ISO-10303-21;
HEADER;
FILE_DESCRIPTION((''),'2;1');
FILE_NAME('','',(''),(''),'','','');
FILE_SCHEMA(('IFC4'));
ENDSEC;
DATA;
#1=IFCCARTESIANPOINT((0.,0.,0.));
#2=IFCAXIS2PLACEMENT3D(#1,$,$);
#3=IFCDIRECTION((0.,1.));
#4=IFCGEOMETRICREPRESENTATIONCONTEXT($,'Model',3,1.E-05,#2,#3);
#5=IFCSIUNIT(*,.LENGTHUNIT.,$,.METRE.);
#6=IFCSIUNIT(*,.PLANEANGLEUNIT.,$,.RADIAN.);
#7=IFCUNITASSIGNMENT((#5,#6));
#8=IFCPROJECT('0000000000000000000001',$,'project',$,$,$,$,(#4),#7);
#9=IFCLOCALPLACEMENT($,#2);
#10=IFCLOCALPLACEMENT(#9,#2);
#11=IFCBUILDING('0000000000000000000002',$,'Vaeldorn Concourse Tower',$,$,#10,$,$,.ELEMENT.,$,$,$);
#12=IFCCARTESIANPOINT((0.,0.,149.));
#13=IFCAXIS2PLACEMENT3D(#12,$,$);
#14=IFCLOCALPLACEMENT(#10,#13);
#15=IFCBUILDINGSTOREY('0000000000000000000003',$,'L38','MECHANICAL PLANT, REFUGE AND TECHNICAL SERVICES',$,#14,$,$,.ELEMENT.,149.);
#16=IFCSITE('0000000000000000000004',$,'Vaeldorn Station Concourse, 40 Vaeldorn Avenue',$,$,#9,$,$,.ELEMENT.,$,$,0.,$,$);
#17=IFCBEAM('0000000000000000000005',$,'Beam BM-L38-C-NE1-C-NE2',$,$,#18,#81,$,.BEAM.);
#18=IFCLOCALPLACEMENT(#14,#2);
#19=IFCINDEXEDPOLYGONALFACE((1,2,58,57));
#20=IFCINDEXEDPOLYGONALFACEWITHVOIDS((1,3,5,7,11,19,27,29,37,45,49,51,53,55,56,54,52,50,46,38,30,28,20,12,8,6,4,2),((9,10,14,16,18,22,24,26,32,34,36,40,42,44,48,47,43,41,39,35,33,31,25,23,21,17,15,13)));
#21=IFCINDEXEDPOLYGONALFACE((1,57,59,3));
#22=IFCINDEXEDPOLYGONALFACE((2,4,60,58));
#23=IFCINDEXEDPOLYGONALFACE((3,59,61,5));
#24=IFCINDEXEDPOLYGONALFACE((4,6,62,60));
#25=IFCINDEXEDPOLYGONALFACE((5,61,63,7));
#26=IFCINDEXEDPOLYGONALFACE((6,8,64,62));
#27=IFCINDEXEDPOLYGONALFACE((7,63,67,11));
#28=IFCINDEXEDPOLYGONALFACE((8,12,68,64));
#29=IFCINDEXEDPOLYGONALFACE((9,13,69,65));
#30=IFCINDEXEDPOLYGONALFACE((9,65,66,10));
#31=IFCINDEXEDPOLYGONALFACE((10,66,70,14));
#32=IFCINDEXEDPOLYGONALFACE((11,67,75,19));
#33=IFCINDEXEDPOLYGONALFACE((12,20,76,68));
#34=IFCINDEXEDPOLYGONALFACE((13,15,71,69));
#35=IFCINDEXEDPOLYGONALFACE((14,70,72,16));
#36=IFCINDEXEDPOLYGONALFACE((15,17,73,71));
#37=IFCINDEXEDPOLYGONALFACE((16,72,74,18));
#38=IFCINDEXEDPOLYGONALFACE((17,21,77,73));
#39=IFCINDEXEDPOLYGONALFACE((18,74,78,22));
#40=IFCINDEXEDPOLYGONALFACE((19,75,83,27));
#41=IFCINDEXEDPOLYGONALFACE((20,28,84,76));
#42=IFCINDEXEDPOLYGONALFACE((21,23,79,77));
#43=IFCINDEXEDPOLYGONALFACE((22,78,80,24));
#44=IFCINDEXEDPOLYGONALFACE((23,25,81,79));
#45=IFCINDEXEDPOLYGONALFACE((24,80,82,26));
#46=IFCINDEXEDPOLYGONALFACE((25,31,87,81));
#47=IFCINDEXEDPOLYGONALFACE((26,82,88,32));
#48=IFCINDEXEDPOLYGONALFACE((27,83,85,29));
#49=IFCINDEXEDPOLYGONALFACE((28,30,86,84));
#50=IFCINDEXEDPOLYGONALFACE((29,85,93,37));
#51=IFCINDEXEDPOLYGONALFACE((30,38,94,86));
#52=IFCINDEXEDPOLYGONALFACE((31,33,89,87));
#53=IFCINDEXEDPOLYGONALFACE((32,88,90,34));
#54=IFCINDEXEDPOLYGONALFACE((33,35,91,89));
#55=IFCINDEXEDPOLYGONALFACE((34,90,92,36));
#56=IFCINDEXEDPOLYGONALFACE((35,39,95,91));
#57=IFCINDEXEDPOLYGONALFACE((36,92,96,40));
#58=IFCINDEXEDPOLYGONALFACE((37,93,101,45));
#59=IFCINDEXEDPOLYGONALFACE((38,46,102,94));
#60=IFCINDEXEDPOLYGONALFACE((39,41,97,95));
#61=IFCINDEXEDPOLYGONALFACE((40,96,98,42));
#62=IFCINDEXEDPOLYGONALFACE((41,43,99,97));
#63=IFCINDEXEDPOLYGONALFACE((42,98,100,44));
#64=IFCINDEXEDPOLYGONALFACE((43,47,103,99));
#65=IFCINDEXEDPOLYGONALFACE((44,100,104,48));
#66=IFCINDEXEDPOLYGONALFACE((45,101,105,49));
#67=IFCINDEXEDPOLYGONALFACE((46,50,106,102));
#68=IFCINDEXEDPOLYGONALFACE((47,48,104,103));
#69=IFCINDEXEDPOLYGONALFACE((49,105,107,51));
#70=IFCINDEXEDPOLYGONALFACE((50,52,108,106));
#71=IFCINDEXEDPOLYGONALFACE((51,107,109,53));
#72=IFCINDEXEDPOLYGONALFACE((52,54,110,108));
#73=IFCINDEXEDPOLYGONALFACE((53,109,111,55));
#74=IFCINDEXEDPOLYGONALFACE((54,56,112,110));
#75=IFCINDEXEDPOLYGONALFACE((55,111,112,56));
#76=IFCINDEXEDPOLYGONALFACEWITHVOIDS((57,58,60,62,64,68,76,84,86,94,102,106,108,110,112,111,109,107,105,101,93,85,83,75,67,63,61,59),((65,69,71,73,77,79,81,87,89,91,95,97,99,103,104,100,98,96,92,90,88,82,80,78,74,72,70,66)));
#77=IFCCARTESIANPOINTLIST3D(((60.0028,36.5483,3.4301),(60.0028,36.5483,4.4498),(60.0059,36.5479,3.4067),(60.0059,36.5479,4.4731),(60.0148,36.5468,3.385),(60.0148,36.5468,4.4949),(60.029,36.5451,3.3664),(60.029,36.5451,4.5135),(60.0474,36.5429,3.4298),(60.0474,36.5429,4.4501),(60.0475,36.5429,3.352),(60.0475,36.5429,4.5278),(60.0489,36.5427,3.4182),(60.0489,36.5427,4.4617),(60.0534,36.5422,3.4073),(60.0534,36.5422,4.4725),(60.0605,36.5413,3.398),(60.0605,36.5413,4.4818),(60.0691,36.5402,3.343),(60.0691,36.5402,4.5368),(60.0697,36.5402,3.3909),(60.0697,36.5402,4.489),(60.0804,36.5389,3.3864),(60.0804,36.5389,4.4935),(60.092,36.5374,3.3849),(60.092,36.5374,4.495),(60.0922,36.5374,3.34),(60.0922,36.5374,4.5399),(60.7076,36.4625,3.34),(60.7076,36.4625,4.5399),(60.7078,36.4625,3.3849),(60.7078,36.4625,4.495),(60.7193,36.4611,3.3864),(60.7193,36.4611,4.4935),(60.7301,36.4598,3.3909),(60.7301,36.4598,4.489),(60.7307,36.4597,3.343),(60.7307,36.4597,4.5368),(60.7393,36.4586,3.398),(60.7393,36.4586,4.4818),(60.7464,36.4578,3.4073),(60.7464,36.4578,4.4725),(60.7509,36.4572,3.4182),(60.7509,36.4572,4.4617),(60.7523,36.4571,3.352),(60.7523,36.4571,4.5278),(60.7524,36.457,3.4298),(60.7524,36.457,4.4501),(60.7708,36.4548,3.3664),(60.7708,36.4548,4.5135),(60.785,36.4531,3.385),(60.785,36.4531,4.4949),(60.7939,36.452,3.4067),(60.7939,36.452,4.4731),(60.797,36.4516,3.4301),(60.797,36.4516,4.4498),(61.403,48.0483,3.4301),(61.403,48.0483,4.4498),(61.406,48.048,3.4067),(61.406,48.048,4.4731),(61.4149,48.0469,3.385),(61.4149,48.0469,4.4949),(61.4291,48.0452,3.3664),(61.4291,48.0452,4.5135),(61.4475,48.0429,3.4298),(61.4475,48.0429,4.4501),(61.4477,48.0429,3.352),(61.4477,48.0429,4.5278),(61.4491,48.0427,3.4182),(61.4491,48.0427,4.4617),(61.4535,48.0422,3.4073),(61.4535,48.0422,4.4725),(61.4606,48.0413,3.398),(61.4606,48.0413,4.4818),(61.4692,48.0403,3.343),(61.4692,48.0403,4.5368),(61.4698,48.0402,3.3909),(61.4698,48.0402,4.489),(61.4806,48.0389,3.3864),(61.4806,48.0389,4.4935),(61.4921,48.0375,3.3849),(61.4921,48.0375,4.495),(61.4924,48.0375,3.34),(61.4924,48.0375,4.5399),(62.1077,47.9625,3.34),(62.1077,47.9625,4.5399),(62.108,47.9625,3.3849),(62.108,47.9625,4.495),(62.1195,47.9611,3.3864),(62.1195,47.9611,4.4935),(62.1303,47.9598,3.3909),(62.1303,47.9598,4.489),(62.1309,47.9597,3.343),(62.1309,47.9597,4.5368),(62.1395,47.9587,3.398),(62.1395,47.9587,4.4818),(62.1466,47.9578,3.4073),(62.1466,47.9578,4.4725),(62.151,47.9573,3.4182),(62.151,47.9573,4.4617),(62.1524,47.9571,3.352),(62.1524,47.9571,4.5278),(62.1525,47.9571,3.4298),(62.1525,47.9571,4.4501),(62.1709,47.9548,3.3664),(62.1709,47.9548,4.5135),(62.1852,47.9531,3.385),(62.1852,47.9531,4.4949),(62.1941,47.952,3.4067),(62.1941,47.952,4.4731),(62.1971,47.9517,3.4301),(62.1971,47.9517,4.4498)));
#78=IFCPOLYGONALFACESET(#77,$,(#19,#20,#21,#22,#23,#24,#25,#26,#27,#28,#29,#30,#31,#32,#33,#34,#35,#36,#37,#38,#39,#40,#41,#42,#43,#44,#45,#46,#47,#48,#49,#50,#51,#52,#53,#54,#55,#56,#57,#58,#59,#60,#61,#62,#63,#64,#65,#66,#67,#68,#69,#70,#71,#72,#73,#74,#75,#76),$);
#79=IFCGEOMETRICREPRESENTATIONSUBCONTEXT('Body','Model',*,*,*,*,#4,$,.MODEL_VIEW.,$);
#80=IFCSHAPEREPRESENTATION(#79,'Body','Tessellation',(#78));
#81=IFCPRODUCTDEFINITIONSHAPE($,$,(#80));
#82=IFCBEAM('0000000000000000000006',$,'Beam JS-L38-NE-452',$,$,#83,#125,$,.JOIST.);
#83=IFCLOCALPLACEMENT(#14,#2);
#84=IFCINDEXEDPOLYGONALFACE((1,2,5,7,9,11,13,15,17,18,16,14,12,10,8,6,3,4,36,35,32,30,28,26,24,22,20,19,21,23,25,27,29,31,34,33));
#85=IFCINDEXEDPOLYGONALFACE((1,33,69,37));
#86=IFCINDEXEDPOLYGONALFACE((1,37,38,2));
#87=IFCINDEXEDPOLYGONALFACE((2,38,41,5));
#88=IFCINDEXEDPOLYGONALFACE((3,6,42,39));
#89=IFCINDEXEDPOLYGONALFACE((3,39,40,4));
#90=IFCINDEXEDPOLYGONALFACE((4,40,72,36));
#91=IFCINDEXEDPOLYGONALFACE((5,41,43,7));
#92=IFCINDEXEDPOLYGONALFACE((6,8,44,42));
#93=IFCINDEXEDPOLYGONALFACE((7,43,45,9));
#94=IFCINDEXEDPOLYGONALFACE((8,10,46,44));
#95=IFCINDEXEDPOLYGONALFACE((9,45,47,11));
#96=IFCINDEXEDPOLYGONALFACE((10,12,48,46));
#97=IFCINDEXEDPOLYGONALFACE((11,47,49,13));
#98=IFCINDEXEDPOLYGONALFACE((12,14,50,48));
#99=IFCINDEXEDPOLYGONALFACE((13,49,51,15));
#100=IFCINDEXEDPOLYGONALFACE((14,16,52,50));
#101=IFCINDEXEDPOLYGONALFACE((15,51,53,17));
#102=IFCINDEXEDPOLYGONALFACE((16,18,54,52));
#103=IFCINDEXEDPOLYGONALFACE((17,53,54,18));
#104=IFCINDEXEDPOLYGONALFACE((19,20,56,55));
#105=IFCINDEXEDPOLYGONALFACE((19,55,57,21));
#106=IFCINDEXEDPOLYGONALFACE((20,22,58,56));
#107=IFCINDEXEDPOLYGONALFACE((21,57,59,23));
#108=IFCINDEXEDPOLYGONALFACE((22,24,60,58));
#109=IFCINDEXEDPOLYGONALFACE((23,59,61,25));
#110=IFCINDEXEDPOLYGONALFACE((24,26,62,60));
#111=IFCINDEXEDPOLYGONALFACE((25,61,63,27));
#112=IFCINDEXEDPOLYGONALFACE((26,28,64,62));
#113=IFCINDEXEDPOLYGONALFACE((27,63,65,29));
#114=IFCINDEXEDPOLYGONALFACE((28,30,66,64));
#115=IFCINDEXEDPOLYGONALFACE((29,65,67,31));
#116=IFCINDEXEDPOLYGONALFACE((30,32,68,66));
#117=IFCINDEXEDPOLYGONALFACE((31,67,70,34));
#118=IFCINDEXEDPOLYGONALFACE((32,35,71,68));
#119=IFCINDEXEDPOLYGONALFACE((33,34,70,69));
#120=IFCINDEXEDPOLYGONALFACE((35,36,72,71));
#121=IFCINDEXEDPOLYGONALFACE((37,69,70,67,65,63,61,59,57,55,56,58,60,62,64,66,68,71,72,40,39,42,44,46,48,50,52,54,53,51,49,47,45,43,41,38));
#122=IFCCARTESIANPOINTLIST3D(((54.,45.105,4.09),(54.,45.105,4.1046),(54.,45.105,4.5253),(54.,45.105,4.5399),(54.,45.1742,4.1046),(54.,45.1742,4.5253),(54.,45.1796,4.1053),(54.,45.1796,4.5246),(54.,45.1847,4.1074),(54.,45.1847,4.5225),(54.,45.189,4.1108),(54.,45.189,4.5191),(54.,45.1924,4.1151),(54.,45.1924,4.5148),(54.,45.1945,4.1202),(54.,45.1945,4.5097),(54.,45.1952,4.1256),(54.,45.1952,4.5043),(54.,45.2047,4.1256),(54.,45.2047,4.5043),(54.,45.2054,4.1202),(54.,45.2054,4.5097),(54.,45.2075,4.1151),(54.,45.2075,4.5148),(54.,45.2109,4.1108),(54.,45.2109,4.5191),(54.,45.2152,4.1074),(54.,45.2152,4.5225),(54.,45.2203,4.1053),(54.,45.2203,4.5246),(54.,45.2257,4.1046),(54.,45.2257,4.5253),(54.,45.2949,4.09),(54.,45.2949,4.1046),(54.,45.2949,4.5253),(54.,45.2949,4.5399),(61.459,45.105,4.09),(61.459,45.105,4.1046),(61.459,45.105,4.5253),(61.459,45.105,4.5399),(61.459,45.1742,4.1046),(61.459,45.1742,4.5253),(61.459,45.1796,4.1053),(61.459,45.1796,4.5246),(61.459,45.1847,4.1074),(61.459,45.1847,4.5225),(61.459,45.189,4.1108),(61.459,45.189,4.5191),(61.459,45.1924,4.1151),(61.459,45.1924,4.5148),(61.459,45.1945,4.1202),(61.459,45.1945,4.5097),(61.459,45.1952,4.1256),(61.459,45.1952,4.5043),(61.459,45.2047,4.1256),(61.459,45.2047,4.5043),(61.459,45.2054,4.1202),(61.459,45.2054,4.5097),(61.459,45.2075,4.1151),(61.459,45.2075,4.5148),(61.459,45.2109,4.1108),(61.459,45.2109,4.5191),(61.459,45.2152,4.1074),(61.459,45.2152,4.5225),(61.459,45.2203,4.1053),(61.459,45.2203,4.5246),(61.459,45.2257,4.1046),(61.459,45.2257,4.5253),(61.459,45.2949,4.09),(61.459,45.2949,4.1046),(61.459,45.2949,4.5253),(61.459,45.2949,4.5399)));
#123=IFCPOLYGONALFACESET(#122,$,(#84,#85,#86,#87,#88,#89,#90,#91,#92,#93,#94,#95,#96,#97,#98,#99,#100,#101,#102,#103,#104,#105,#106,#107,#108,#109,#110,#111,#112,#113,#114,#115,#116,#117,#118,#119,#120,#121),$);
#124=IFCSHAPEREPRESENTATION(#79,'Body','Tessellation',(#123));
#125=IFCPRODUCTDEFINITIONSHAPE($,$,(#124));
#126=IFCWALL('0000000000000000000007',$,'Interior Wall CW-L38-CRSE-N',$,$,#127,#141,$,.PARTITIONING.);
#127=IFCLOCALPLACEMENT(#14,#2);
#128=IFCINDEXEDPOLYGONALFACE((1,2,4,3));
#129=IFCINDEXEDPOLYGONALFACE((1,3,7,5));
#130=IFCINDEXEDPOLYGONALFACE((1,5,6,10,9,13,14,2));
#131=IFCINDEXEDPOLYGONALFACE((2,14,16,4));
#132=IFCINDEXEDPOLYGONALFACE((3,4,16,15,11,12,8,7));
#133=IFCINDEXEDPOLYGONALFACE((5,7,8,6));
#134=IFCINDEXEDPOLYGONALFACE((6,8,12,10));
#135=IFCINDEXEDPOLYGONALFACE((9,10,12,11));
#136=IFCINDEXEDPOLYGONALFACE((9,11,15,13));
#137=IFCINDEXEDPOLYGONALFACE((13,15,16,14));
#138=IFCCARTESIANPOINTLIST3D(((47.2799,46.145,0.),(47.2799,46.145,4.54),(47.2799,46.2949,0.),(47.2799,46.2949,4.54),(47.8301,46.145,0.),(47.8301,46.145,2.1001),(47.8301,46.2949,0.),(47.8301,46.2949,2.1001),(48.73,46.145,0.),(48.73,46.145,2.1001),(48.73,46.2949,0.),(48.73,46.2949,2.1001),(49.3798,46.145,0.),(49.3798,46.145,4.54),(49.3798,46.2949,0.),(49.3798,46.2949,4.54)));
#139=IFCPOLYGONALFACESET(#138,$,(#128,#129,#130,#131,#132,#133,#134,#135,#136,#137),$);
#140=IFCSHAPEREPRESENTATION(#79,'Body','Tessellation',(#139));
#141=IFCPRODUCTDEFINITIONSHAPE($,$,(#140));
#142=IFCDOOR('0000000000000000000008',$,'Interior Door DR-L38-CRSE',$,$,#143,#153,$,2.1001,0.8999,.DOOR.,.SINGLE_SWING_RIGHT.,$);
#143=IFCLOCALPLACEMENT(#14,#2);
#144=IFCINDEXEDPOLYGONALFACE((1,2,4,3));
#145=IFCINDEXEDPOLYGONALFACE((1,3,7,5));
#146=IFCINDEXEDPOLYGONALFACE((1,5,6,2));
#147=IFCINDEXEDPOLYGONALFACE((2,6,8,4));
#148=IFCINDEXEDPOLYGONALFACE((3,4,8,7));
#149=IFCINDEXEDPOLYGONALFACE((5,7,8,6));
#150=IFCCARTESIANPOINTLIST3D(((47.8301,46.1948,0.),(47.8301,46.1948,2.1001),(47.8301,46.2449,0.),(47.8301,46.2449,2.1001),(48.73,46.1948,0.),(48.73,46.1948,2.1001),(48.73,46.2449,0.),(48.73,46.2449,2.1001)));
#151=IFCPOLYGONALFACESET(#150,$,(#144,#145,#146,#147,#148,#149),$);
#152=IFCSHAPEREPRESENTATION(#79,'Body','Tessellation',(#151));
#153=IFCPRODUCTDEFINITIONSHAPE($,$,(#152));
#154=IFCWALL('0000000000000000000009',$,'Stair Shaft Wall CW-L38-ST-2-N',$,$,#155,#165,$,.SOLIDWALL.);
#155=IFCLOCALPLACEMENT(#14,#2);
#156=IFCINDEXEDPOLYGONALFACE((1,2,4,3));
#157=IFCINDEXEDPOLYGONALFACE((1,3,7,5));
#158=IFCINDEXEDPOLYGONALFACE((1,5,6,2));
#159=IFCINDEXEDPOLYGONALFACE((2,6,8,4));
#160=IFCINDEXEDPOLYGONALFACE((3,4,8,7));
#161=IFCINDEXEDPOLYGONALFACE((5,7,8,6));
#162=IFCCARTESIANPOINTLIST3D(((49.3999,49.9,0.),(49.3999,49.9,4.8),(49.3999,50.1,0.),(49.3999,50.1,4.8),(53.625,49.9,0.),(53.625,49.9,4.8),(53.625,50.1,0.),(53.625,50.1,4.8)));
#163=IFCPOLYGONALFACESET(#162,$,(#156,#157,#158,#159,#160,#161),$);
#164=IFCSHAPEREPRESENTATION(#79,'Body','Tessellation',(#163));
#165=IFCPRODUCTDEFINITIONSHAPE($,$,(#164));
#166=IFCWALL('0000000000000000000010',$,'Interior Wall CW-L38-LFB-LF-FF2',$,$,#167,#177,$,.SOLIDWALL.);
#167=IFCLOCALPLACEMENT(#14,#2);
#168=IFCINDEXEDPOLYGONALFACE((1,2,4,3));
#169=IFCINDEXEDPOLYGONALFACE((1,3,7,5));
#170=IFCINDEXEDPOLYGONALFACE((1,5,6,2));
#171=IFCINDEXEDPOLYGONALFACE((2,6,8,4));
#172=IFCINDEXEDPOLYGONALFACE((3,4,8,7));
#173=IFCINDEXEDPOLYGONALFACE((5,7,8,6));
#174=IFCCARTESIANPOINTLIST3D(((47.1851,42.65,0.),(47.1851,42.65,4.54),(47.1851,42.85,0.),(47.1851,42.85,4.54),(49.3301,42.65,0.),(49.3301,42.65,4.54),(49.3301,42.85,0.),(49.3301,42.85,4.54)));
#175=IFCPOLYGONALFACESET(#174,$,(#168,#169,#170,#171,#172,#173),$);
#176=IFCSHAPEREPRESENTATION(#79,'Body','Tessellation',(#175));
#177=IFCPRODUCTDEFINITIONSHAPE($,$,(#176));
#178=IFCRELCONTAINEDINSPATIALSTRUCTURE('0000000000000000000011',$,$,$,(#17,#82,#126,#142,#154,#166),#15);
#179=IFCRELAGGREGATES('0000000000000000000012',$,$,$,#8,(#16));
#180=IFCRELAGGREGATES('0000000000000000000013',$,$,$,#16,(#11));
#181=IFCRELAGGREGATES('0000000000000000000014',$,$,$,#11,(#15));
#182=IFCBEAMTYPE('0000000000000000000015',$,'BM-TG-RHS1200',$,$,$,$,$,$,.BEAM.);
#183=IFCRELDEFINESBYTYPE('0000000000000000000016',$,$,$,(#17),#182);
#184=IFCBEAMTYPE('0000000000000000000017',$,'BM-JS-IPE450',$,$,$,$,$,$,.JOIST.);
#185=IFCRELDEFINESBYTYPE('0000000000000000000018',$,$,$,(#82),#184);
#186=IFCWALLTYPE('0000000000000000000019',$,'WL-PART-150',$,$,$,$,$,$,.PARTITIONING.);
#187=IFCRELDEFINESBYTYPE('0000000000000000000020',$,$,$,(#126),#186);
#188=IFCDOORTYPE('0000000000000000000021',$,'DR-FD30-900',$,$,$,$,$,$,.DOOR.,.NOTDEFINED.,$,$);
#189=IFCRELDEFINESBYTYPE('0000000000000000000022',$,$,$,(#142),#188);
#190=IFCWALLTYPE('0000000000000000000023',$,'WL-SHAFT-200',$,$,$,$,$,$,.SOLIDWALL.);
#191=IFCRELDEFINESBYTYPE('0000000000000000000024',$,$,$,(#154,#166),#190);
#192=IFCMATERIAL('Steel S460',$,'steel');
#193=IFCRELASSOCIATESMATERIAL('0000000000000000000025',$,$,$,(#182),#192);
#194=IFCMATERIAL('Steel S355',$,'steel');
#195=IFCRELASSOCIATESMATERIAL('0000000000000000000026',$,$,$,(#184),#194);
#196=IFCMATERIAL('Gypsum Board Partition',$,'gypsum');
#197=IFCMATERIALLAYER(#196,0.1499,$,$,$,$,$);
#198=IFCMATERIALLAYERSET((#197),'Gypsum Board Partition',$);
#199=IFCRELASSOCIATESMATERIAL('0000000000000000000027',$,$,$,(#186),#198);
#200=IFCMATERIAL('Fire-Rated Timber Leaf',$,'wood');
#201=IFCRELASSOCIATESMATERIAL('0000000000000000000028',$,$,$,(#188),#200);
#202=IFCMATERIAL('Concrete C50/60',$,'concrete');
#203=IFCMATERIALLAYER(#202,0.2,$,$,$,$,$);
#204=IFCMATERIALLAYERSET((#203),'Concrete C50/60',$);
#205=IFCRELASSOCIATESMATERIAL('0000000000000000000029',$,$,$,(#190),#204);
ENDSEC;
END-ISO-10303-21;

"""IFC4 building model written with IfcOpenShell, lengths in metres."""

from ifc_helpers import new_model, si_unit, direction, frame, frame_2d, origin, origin_2d, place, context, subcontext, project, spatial, rectangle, hollow_rectangle, i_section, extrude, source, transform, mapped, material, layer, layer_set, material_profile, profile_set, type_object, element, fill, save


model = new_model("IFC4")

# Units and contexts
model_context = context("Model", 3, precision=1e-05, world=origin(), true_north=direction((0.0, 1.0)))
body_context = subcontext(model_context, "Body", "Model", "MODEL_VIEW")
ifc_project = project(units=[si_unit("LENGTHUNIT", "METRE"), si_unit("PLANEANGLEUNIT", "RADIAN")], contexts=[model_context])

# Site, building, storey
site_placement = place(None, origin())
site = spatial("IfcSite", under=ifc_project, at=site_placement, Name="Vaeldorn Station Concourse, 40 Vaeldorn Avenue", CompositionType="ELEMENT", RefElevation=0.0)
building_placement = place(site_placement, origin())
building = spatial("IfcBuilding", under=site, at=building_placement, Name="Vaeldorn Concourse Tower", CompositionType="ELEMENT")
storey_placement = place(building_placement, frame((0.0, 0.0, 149.0)))
storey = spatial("IfcBuildingStorey", under=building, at=storey_placement, Name="L38", Description="MECHANICAL PLANT, REFUGE AND TECHNICAL SERVICES", CompositionType="ELEMENT", Elevation=149.0)

# Shared definitions
ifc_material_1 = material(Name="Steel S460", Category="steel")

# Beams
ifc_material_2 = material(Name="Steel S355", Category="steel")
ifc_material_profile_1 = material_profile(ifc_material_1, hollow_rectangle(XDim=0.8, YDim=1.2, WallThickness=0.0449, InnerFilletRadius=0.0449, OuterFilletRadius=0.0901, at=origin_2d()), Name="RHS 1200x800x45")
ifc_profile_set_1 = profile_set([ifc_material_profile_1], Name="Steel S460")
beam_type_1 = type_object("IfcBeamType", Name="BM-TG-RHS1200", PredefinedType="BEAM", material=ifc_profile_set_1)
shared_shape_1 = source(origin(), body_context, "Body", "SweptSolid", [
    extrude(hollow_rectangle(XDim=0.8, YDim=1.2, WallThickness=0.0449, InnerFilletRadius=0.0449, OuterFilletRadius=0.0901, at=origin_2d()), origin(), (0.0, 0.0, 1.0), 11.585),
])
beam_1_placement = place(storey_placement, frame((61.8, 48.0, 3.9399), z_axis=(-0.120859, -0.99267, 0.0), x_axis=(0.99267, -0.120859, 0.0)))
element("IfcBeam", 1, at=beam_1_placement, inside=storey, type_object=beam_type_1, Name="Beam BM-L38-C-NE1-C-NE2", PredefinedType="BEAM", context=body_context, shape_type="MappedRepresentation", body=[
    mapped(shared_shape_1, transform((0.0, 0.0, 0.0), scale=1.0)),
])
ifc_material_profile_2 = material_profile(ifc_material_2, i_section(OverallWidth=0.1899, OverallDepth=0.45, WebThickness=0.0095, FlangeThickness=0.0146, FilletRadius=0.021, at=origin_2d()), Name="IPE 450")
ifc_profile_set_2 = profile_set([ifc_material_profile_2], Name="Steel S355")
beam_type_2 = type_object("IfcBeamType", Name="BM-JS-IPE450", PredefinedType="JOIST", material=ifc_profile_set_2)
shared_shape_2 = source(origin(), body_context, "Body", "SweptSolid", [
    extrude(i_section(OverallWidth=0.1899, OverallDepth=0.45, WebThickness=0.0095, FlangeThickness=0.0146, FilletRadius=0.021, at=origin_2d()), origin(), (0.0, 0.0, 1.0), 7.459),
])
beam_2_placement = place(storey_placement, frame((54.0, 45.2, 4.3149), z_axis=(1.0, 0.0, 0.0), x_axis=(0.0, 1.0, 0.0)))
element("IfcBeam", 2, at=beam_2_placement, inside=storey, type_object=beam_type_2, Name="Beam JS-L38-NE-452", PredefinedType="JOIST", context=body_context, shape_type="MappedRepresentation", body=[
    mapped(shared_shape_2, transform((0.0, 0.0, 0.0), scale=1.0)),
])

# Wall, opening, door
ifc_material_3 = material(Name="Gypsum Board Partition", Category="gypsum")
ifc_layer_1 = layer(ifc_material_3, 0.1499)
ifc_layer_set_1 = layer_set([ifc_layer_1], Name="Gypsum Board Partition")
wall_type_1 = type_object("IfcWallType", Name="WL-PART-150", PredefinedType="PARTITIONING", material=ifc_layer_set_1)
wall_1_placement = place(storey_placement, frame((47.28, 46.22, 0.0), z_axis=(0.0, 0.0, 1.0), x_axis=(1.0, 0.0, 0.0)))
wall_1 = element("IfcWall", 3, at=wall_1_placement, inside=storey, type_object=wall_type_1, Name="Interior Wall CW-L38-CRSE-N", PredefinedType="PARTITIONING", context=body_context, shape_type="SweptSolid", body=[
    extrude(rectangle(XDim=2.0999, YDim=0.1499, at=frame_2d((1.0498, 0.0))), origin(), (0.0, 0.0, 1.0), 4.54),
])
opening_placement = place(wall_1_placement, frame((0.55, 0.0, 0.0)))
opening = element("IfcOpeningElement", 4, at=opening_placement, cuts=wall_1, PredefinedType="OPENING", context=body_context, shape_type="SweptSolid", body=[
    extrude(rectangle(XDim=0.8999, YDim=2.1001, at=frame_2d((0.45, 1.05))), frame((0.0, 0.085, 0.0), z_axis=(0.0, -1.0, 0.0), x_axis=(1.0, 0.0, 0.0)), (0.0, 0.0, 1.0), 0.1699),
])
ifc_material_4 = material(Name="Fire-Rated Timber Leaf", Category="wood")
door_type = type_object("IfcDoorType", Name="DR-FD30-900", OperationType="NOTDEFINED", PredefinedType="DOOR", material=ifc_material_4)
shared_shape_3 = source(origin(), body_context, "Body", "SweptSolid", [
    extrude(rectangle(XDim=0.8999, YDim=2.1001, at=frame_2d((0.45, 1.05))), frame((0.0, 0.0249, 0.0), z_axis=(0.0, -1.0, 0.0), x_axis=(1.0, 0.0, 0.0)), (0.0, 0.0, 1.0), 0.05),
])
door_placement = place(opening_placement, origin())
door = element("IfcDoor", 5, at=door_placement, inside=storey, type_object=door_type, Name="Interior Door DR-L38-CRSE", OperationType="SINGLE_SWING_RIGHT", OverallHeight=2.1001, OverallWidth=0.8999, PredefinedType="DOOR", context=body_context, shape_type="MappedRepresentation", body=[
    mapped(shared_shape_3, transform((0.0, 0.0, 0.0), scale=1.0)),
])
fill(opening, door)

# Walls
ifc_material_5 = material(Name="Concrete C50/60", Category="concrete")
ifc_layer_2 = layer(ifc_material_5, 0.2)
ifc_layer_set_2 = layer_set([ifc_layer_2], Name="Concrete C50/60")
wall_type_2 = type_object("IfcWallType", Name="WL-SHAFT-200", PredefinedType="SOLIDWALL", material=ifc_layer_set_2)
wall_2_placement = place(storey_placement, frame((49.3999, 50.0, 0.0), z_axis=(0.0, 0.0, 1.0), x_axis=(1.0, 0.0, 0.0)))
element("IfcWall", 6, at=wall_2_placement, inside=storey, type_object=wall_type_2, Name="Stair Shaft Wall CW-L38-ST-2-N", PredefinedType="SOLIDWALL", context=body_context, shape_type="SweptSolid", body=[
    extrude(rectangle(XDim=4.2251, YDim=0.2, at=frame_2d((2.1125, 0.0))), origin(), (0.0, 0.0, 1.0), 4.8),
])
wall_3_placement = place(storey_placement, frame((47.1851, 42.75, 0.0), z_axis=(0.0, 0.0, 1.0), x_axis=(1.0, 0.0, 0.0)))
element("IfcWall", 7, at=wall_3_placement, inside=storey, type_object=wall_type_2, Name="Interior Wall CW-L38-LFB-LF-FF2", PredefinedType="SOLIDWALL", context=body_context, shape_type="SweptSolid", body=[
    extrude(rectangle(XDim=2.145, YDim=0.2, at=frame_2d((1.0725, 0.0))), origin(), (0.0, 0.0, 1.0), 4.54),
])

save(model, "model.ifc")
